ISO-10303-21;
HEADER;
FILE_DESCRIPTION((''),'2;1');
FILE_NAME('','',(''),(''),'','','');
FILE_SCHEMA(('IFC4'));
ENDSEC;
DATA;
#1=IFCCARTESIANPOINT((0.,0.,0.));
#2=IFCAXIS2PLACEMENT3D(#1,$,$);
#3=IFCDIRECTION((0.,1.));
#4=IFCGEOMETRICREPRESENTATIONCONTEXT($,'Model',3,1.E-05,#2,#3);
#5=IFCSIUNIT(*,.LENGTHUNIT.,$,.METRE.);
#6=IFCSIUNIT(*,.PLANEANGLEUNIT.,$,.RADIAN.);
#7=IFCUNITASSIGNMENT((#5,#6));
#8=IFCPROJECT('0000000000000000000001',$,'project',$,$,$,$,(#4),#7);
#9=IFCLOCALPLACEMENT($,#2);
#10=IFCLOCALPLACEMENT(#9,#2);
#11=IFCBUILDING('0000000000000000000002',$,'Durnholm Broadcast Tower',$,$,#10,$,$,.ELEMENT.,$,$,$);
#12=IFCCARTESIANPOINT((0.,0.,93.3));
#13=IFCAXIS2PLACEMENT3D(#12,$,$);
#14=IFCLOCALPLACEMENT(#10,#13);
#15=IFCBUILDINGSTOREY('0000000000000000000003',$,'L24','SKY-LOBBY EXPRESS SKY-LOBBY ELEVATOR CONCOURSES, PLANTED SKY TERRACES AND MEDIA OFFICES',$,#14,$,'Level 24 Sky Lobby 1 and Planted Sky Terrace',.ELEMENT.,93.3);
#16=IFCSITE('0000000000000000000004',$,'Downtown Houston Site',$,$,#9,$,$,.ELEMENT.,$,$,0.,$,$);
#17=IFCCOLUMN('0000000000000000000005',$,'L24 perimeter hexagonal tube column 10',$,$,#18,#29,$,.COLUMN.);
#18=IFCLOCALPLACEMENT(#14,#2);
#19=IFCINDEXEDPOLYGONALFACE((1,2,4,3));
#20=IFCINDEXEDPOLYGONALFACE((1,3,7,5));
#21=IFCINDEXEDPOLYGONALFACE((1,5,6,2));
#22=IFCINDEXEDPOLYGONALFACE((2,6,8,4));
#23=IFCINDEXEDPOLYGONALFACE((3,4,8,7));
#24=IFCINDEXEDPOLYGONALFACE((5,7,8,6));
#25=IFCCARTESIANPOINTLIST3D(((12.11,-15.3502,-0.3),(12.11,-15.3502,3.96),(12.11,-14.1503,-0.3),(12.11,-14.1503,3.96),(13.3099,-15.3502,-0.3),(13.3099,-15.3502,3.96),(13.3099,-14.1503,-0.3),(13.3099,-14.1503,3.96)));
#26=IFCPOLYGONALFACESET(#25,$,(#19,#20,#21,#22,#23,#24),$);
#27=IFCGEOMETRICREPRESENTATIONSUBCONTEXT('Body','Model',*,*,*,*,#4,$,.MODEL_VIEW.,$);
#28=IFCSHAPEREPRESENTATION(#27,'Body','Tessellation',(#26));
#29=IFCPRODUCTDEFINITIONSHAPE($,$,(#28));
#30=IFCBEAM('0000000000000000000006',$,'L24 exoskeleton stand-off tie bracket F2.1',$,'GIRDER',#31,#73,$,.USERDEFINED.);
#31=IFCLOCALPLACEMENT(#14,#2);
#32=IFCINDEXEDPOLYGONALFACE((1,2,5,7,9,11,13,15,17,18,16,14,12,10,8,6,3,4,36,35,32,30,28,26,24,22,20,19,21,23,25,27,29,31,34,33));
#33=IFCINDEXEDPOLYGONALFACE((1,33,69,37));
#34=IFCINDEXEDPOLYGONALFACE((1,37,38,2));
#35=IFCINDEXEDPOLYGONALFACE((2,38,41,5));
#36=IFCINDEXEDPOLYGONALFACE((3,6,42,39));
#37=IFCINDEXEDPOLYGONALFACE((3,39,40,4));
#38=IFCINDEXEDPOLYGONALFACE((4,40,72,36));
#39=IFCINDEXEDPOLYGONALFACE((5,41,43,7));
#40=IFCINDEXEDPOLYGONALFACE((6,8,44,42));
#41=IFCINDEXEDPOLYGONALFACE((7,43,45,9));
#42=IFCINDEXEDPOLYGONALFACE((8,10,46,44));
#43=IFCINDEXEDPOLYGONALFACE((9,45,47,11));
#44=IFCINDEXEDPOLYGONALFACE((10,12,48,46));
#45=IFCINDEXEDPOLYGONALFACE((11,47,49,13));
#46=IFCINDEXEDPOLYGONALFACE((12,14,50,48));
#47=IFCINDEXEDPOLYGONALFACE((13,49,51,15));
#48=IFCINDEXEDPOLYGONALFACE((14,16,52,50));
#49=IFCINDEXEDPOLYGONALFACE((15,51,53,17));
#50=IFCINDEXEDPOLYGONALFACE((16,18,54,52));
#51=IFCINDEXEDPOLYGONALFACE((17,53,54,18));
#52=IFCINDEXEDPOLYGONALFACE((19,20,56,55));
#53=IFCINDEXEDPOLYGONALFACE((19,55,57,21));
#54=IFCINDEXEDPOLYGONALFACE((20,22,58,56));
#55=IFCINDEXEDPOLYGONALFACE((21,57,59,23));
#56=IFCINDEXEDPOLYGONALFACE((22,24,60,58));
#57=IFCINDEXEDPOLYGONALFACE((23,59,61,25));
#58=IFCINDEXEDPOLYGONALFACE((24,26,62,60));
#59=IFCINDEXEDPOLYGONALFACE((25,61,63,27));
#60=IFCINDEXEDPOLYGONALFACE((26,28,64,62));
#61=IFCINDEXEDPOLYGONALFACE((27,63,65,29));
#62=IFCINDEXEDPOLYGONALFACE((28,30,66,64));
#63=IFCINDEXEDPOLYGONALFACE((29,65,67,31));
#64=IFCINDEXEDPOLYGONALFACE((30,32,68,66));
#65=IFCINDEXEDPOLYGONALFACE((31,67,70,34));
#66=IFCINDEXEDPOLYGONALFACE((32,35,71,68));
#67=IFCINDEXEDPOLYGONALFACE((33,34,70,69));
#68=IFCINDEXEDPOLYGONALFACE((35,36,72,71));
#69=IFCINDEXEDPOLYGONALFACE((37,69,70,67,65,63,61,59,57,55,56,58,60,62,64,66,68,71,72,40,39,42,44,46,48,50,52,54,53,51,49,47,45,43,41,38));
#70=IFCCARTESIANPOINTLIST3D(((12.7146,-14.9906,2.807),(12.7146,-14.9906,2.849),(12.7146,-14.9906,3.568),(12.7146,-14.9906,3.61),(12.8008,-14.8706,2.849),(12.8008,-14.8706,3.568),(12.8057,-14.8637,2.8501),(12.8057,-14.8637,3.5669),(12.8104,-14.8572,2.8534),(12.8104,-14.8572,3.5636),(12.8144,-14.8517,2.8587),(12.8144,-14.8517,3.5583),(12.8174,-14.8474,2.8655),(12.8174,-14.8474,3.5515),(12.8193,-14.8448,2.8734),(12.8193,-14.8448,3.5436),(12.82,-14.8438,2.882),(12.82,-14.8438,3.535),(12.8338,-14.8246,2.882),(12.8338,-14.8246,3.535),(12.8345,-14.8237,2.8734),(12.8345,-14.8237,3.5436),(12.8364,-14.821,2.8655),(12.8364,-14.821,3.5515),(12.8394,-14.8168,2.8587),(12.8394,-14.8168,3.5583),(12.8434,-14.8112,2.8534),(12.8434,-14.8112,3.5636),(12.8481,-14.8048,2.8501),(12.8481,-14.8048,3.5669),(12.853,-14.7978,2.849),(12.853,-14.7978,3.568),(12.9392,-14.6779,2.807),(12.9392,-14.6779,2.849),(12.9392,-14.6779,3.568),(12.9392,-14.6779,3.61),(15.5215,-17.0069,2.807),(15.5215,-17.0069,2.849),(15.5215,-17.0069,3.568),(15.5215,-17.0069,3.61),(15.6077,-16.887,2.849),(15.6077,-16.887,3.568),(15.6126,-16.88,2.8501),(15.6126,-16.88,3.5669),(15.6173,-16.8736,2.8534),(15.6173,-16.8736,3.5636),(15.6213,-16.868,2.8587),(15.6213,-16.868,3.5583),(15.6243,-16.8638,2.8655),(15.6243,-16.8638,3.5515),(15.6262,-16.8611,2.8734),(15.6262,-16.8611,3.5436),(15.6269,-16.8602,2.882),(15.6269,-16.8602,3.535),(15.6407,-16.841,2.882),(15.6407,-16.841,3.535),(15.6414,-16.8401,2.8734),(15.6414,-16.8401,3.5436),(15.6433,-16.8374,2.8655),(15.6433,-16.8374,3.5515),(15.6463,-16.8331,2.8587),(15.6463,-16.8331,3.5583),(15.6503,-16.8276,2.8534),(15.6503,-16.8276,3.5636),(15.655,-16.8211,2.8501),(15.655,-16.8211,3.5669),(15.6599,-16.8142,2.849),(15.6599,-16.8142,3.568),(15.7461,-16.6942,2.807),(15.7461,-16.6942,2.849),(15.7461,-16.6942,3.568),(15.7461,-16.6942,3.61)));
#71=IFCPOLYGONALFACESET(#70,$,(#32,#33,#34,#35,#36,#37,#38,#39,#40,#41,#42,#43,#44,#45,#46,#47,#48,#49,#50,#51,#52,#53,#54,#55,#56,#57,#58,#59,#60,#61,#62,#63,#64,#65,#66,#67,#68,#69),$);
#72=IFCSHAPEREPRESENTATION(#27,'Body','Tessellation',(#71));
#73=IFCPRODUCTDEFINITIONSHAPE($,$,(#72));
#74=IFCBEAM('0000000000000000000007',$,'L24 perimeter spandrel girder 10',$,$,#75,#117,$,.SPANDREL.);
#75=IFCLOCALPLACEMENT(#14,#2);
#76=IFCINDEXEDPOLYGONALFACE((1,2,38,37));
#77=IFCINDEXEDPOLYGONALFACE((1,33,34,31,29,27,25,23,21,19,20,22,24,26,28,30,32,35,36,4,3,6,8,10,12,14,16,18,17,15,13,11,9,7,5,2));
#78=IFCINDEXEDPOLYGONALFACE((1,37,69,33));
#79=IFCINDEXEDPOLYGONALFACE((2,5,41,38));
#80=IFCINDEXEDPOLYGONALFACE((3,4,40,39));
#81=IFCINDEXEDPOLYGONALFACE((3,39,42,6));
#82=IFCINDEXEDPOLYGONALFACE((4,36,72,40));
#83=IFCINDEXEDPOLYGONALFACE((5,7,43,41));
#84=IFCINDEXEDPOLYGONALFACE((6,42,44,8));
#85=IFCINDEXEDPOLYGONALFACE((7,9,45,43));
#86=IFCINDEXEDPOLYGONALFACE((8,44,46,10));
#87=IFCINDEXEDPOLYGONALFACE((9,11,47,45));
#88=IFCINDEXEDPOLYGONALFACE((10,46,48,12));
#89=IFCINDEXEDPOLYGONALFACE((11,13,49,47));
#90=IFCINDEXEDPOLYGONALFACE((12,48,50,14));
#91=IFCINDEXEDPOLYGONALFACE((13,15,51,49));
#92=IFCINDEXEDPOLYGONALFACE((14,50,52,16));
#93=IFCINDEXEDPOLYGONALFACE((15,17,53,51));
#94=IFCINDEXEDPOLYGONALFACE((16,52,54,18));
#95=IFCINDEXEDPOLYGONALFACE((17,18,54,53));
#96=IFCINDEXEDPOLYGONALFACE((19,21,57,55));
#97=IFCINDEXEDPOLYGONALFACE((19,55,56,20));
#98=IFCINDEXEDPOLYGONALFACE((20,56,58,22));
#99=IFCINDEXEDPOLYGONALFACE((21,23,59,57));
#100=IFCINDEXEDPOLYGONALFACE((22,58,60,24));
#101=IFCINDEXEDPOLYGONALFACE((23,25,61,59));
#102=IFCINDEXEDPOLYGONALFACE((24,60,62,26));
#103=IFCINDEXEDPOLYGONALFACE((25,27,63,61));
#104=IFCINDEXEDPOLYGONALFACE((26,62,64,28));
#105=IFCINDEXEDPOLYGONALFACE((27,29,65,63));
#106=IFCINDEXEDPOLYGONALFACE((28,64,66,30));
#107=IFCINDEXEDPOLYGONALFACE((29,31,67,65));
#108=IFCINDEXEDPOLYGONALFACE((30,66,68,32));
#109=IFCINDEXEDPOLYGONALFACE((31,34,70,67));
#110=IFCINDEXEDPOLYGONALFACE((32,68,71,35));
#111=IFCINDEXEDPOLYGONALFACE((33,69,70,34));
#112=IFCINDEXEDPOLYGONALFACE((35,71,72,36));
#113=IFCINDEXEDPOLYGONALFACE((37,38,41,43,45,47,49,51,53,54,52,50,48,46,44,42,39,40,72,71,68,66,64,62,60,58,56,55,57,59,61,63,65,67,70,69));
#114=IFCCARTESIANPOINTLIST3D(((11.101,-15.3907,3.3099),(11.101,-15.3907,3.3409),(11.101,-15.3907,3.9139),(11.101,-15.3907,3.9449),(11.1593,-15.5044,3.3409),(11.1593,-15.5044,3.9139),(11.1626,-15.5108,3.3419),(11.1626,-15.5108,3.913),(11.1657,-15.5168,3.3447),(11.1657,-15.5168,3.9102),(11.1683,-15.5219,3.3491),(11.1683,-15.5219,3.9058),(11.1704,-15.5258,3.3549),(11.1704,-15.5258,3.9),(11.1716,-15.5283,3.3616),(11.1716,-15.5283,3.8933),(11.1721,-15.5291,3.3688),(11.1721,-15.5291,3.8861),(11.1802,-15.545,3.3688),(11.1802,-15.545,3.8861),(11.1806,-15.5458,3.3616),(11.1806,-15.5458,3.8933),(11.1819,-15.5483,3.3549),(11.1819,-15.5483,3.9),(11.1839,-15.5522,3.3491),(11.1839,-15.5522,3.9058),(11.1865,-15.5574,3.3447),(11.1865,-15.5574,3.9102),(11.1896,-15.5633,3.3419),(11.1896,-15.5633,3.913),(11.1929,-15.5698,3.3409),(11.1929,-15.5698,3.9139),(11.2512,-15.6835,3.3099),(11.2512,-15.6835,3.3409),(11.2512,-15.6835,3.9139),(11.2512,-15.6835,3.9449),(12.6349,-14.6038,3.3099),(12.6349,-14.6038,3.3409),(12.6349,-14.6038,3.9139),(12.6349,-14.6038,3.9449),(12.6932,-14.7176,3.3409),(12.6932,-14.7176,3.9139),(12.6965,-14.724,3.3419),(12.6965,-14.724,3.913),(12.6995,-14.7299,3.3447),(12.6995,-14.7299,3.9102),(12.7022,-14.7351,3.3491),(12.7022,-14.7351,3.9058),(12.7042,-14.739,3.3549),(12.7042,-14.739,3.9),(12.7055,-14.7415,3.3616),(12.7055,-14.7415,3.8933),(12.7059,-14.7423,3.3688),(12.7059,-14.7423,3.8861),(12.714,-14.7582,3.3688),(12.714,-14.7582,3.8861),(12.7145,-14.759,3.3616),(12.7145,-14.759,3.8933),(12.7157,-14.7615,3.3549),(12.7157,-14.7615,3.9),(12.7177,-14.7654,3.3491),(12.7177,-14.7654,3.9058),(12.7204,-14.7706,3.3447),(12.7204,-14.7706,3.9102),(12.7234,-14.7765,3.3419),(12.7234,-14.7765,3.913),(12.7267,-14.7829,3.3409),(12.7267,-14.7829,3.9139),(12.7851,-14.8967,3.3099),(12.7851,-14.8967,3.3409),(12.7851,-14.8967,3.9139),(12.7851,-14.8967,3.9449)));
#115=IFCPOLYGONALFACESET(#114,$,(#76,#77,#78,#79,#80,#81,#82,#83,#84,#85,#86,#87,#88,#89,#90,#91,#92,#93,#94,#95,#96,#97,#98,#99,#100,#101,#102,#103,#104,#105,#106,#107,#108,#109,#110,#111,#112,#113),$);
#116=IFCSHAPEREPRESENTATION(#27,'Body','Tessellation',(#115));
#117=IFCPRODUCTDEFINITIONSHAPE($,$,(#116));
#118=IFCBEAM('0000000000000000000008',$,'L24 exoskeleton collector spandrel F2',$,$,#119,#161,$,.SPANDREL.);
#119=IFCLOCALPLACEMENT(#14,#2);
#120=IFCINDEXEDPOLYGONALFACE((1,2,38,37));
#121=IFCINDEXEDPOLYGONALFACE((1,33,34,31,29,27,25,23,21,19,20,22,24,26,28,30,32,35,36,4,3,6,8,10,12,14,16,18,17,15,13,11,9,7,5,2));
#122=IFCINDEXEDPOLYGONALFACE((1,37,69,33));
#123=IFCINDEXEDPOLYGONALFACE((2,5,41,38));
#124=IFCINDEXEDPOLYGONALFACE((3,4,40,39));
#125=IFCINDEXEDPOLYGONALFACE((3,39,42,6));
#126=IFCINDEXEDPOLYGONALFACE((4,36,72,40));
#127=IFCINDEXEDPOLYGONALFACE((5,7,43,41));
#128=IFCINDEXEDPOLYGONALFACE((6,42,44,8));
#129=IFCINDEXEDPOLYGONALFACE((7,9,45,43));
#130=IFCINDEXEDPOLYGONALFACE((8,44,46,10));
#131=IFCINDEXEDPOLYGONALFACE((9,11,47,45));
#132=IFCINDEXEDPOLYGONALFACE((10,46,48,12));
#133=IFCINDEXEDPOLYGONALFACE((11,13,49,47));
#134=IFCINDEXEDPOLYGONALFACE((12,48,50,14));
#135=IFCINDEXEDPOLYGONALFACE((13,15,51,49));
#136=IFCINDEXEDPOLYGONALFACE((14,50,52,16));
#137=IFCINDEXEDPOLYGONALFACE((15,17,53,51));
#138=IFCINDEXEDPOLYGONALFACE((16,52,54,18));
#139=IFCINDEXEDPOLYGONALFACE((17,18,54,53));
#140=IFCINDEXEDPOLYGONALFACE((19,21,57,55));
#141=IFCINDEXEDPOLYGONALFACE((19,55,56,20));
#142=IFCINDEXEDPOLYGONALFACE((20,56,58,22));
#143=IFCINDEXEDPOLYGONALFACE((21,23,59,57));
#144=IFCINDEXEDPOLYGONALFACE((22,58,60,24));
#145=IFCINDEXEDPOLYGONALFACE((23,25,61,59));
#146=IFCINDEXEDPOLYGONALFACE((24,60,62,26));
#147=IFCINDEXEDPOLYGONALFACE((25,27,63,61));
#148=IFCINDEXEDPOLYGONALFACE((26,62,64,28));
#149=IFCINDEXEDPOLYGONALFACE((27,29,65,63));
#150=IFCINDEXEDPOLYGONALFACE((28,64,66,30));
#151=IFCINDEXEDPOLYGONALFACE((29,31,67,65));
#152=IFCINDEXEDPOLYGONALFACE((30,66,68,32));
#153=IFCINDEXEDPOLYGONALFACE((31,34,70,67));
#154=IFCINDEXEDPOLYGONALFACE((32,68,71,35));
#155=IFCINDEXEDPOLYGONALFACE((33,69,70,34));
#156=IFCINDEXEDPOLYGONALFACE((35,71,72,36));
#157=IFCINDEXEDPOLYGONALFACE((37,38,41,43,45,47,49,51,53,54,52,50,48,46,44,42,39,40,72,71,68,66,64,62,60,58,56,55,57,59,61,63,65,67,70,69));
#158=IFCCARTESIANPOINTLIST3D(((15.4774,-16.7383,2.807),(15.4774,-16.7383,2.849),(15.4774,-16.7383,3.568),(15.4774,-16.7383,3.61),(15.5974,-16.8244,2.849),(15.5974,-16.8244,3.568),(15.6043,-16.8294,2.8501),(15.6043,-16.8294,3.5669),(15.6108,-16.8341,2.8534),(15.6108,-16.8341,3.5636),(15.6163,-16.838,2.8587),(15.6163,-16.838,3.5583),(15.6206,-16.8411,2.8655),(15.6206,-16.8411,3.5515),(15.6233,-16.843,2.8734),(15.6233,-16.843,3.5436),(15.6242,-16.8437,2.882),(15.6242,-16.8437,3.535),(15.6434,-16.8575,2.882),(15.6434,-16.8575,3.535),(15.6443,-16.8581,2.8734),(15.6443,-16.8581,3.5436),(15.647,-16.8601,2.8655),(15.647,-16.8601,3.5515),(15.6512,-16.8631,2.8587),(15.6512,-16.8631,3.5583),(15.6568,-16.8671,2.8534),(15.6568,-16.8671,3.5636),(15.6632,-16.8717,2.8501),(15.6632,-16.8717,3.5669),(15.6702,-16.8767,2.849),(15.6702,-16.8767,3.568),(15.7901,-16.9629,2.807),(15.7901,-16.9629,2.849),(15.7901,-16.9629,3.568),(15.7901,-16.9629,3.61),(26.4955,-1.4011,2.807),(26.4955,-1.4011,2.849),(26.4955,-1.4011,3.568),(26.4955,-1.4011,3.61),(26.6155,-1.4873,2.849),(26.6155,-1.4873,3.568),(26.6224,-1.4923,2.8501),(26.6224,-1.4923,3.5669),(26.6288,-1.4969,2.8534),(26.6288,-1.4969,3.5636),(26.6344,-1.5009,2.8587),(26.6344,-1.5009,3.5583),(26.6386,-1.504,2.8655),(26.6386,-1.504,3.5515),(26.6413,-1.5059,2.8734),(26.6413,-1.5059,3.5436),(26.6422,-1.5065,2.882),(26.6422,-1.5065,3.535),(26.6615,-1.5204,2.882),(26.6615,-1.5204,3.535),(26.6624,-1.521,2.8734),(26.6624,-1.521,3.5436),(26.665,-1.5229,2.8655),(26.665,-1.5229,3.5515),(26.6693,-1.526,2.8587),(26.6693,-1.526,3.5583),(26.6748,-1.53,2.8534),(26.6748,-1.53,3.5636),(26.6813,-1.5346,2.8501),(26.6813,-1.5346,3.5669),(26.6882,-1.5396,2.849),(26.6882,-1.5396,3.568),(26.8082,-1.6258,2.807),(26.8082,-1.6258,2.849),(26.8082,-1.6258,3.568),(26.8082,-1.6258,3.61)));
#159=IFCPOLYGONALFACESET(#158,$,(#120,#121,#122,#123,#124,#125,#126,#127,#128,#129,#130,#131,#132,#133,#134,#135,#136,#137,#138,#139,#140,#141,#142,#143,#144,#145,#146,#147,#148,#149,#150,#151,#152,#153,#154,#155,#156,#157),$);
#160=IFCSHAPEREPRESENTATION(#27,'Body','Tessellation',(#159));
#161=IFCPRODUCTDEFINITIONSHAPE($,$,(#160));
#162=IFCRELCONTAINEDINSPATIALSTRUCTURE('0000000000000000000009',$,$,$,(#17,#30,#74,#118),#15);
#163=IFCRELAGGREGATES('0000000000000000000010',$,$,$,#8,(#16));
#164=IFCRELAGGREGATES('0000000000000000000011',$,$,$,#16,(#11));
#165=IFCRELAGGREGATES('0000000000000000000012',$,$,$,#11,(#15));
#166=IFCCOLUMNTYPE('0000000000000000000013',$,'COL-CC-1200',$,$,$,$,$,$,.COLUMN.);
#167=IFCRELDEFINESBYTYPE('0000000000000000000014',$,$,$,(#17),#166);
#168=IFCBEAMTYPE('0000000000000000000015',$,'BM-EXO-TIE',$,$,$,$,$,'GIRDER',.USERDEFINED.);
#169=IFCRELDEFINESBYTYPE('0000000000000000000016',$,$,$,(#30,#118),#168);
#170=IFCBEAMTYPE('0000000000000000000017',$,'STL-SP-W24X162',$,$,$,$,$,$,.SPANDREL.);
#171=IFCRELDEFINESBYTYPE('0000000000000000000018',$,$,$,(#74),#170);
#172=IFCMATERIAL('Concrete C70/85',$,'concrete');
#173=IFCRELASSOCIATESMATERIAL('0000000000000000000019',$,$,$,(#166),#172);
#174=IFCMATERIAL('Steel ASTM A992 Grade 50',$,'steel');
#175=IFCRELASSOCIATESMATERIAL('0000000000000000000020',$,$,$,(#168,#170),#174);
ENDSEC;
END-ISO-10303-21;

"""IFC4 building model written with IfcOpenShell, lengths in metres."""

from ifc_helpers import new_model, si_unit, direction, frame, origin, origin_2d, place, context, subcontext, project, spatial, rectangle, i_section, extrude, source, transform, mapped, material, material_profile, profile_set, type_object, type_shapes, element, save


model = new_model("IFC4")

# Units and contexts
model_context = context("Model", 3, precision=1e-05, world=origin(), true_north=direction((0.0, 1.0)))
body_context = subcontext(model_context, "Body", "Model", "MODEL_VIEW")
ifc_project = project(units=[si_unit("LENGTHUNIT", "METRE"), si_unit("PLANEANGLEUNIT", "RADIAN")], contexts=[model_context])

# Site, building, storey
site_placement = place(None, origin())
site = spatial("IfcSite", under=ifc_project, at=site_placement, Name="Downtown Houston Site", CompositionType="ELEMENT", RefElevation=0.0)
building_placement = place(site_placement, origin())
building = spatial("IfcBuilding", under=site, at=building_placement, Name="Durnholm Broadcast Tower", CompositionType="ELEMENT")
storey_placement = place(building_placement, frame((0.0, 0.0, 93.3)))
storey = spatial("IfcBuildingStorey", under=building, at=storey_placement, Name="L24", Description="SKY-LOBBY EXPRESS SKY-LOBBY ELEVATOR CONCOURSES, PLANTED SKY TERRACES AND MEDIA OFFICES", LongName="Level 24 Sky Lobby 1 and Planted Sky Terrace", CompositionType="ELEMENT", Elevation=93.3)

# Column
ifc_material_1 = material(Name="Concrete C70/85", Category="concrete")
ifc_material_profile_1 = material_profile(ifc_material_1, rectangle(XDim=1.2, YDim=1.2, at=origin_2d()), Name="RC1200X1200")
ifc_profile_set_1 = profile_set([ifc_material_profile_1], Name="Concrete C70/85")
column_type = type_object("IfcColumnType", Name="COL-CC-1200", PredefinedType="COLUMN", material=ifc_profile_set_1)
shared_shape_1 = source(origin(), body_context, "Body", "SweptSolid", [
    extrude(rectangle(XDim=1.2, YDim=1.2, at=origin_2d()), origin(), (0.0, 0.0, 1.0), 4.26),
])
type_shapes(column_type, [shared_shape_1])
column_placement = place(storey_placement, frame((12.71, -14.7502, -0.3), z_axis=(0.0, 0.0, 1.0), x_axis=(1.0, 0.0, 0.0)))
element("IfcColumn", 1, at=column_placement, inside=storey, type_object=column_type, Name="L24 perimeter hexagonal tube column 10", PredefinedType="COLUMN", context=body_context, shape_type="MappedRepresentation", body=[
    mapped(shared_shape_1, transform((0.0, 0.0, 0.0), x_axis=(1.0, 0.0, 0.0), y_axis=(0.0, 1.0, 0.0), z_axis=(0.0, 0.0, 1.0), scale=1.0)),
])

# Beams
ifc_material_2 = material(Name="Steel ASTM A992 Grade 50", Category="steel")
ifc_material_profile_2 = material_profile(ifc_material_2, i_section(OverallWidth=0.385, OverallDepth=0.803, WebThickness=0.0237, FlangeThickness=0.042, FilletRadius=0.033, at=origin_2d()), Name="W30X261")
ifc_profile_set_2 = profile_set([ifc_material_profile_2], Name="Steel ASTM A992 Grade 50")
beam_type_1 = type_object("IfcBeamType", Name="BM-EXO-TIE", ElementType="GIRDER", PredefinedType="USERDEFINED", material=ifc_profile_set_2)
shared_shape_2 = source(origin(), body_context, "Body", "SweptSolid", [
    extrude(i_section(OverallWidth=0.385, OverallDepth=0.803, WebThickness=0.0237, FlangeThickness=0.042, FilletRadius=0.033, at=origin_2d()), origin(), (0.0, 0.0, 1.0), 3.4561),
])
beam_1_placement = place(storey_placement, frame((12.8269, -14.8342, 3.2085), z_axis=(0.812165, -0.583428, 0.0), x_axis=(0.583428, 0.812165, 0.0)))
element("IfcBeam", 2, at=beam_1_placement, inside=storey, type_object=beam_type_1, Name="L24 exoskeleton stand-off tie bracket F2.1", ObjectType="GIRDER", PredefinedType="USERDEFINED", context=body_context, shape_type="MappedRepresentation", body=[
    mapped(shared_shape_2, transform((0.0, 0.0, 0.0), x_axis=(1.0, 0.0, 0.0), y_axis=(0.0, 1.0, 0.0), z_axis=(0.0, 0.0, 1.0), scale=1.0)),
])
ifc_material_profile_3 = material_profile(ifc_material_2, i_section(OverallWidth=0.3291, OverallDepth=0.635, WebThickness=0.0178, FlangeThickness=0.031, FilletRadius=0.0278, at=origin_2d()), Name="W24X162")
ifc_profile_set_3 = profile_set([ifc_material_profile_3], Name="Steel ASTM A992 Grade 50")
beam_type_2 = type_object("IfcBeamType", Name="STL-SP-W24X162", PredefinedType="SPANDREL", material=ifc_profile_set_3)
shared_shape_3 = source(origin(), body_context, "Body", "SweptSolid", [
    extrude(i_section(OverallWidth=0.3291, OverallDepth=0.635, WebThickness=0.0178, FlangeThickness=0.031, FilletRadius=0.0278, at=origin_2d()), origin(), (0.0, 0.0, 1.0), 1.7239),
])
type_shapes(beam_type_2, [shared_shape_3])
beam_2_placement = place(storey_placement, frame((12.71, -14.7502, 3.6274), z_axis=(-0.889763, -0.456423, 0.0), x_axis=(0.456423, -0.889763, 0.0)))
element("IfcBeam", 3, at=beam_2_placement, inside=storey, type_object=beam_type_2, Name="L24 perimeter spandrel girder 10", PredefinedType="SPANDREL", context=body_context, shape_type="MappedRepresentation", body=[
    mapped(shared_shape_3, transform((0.0, 0.0, 0.0), x_axis=(1.0, 0.0, 0.0), y_axis=(0.0, 1.0, 0.0), z_axis=(0.0, 0.0, 1.0), scale=1.0)),
])
shared_shape_4 = source(origin(), body_context, "Body", "SweptSolid", [
    extrude(i_section(OverallWidth=0.385, OverallDepth=0.803, WebThickness=0.0237, FlangeThickness=0.042, FilletRadius=0.033, at=origin_2d()), origin(), (0.0, 0.0, 1.0), 18.8845),
])
type_shapes(beam_type_1, [shared_shape_2, shared_shape_4])
beam_3_placement = place(storey_placement, frame((15.6338, -16.8506, 3.2085), z_axis=(0.583443, 0.812154, 0.0), x_axis=(-0.812154, 0.583443, 0.0)))
element("IfcBeam", 4, at=beam_3_placement, inside=storey, type_object=beam_type_1, Name="L24 exoskeleton collector spandrel F2", PredefinedType="SPANDREL", context=body_context, shape_type="MappedRepresentation", body=[
    mapped(shared_shape_4, transform((0.0, 0.0, 0.0), x_axis=(1.0, 0.0, 0.0), y_axis=(0.0, 1.0, 0.0), z_axis=(0.0, 0.0, 1.0), scale=1.0)),
])

save(model, "model.ifc")
